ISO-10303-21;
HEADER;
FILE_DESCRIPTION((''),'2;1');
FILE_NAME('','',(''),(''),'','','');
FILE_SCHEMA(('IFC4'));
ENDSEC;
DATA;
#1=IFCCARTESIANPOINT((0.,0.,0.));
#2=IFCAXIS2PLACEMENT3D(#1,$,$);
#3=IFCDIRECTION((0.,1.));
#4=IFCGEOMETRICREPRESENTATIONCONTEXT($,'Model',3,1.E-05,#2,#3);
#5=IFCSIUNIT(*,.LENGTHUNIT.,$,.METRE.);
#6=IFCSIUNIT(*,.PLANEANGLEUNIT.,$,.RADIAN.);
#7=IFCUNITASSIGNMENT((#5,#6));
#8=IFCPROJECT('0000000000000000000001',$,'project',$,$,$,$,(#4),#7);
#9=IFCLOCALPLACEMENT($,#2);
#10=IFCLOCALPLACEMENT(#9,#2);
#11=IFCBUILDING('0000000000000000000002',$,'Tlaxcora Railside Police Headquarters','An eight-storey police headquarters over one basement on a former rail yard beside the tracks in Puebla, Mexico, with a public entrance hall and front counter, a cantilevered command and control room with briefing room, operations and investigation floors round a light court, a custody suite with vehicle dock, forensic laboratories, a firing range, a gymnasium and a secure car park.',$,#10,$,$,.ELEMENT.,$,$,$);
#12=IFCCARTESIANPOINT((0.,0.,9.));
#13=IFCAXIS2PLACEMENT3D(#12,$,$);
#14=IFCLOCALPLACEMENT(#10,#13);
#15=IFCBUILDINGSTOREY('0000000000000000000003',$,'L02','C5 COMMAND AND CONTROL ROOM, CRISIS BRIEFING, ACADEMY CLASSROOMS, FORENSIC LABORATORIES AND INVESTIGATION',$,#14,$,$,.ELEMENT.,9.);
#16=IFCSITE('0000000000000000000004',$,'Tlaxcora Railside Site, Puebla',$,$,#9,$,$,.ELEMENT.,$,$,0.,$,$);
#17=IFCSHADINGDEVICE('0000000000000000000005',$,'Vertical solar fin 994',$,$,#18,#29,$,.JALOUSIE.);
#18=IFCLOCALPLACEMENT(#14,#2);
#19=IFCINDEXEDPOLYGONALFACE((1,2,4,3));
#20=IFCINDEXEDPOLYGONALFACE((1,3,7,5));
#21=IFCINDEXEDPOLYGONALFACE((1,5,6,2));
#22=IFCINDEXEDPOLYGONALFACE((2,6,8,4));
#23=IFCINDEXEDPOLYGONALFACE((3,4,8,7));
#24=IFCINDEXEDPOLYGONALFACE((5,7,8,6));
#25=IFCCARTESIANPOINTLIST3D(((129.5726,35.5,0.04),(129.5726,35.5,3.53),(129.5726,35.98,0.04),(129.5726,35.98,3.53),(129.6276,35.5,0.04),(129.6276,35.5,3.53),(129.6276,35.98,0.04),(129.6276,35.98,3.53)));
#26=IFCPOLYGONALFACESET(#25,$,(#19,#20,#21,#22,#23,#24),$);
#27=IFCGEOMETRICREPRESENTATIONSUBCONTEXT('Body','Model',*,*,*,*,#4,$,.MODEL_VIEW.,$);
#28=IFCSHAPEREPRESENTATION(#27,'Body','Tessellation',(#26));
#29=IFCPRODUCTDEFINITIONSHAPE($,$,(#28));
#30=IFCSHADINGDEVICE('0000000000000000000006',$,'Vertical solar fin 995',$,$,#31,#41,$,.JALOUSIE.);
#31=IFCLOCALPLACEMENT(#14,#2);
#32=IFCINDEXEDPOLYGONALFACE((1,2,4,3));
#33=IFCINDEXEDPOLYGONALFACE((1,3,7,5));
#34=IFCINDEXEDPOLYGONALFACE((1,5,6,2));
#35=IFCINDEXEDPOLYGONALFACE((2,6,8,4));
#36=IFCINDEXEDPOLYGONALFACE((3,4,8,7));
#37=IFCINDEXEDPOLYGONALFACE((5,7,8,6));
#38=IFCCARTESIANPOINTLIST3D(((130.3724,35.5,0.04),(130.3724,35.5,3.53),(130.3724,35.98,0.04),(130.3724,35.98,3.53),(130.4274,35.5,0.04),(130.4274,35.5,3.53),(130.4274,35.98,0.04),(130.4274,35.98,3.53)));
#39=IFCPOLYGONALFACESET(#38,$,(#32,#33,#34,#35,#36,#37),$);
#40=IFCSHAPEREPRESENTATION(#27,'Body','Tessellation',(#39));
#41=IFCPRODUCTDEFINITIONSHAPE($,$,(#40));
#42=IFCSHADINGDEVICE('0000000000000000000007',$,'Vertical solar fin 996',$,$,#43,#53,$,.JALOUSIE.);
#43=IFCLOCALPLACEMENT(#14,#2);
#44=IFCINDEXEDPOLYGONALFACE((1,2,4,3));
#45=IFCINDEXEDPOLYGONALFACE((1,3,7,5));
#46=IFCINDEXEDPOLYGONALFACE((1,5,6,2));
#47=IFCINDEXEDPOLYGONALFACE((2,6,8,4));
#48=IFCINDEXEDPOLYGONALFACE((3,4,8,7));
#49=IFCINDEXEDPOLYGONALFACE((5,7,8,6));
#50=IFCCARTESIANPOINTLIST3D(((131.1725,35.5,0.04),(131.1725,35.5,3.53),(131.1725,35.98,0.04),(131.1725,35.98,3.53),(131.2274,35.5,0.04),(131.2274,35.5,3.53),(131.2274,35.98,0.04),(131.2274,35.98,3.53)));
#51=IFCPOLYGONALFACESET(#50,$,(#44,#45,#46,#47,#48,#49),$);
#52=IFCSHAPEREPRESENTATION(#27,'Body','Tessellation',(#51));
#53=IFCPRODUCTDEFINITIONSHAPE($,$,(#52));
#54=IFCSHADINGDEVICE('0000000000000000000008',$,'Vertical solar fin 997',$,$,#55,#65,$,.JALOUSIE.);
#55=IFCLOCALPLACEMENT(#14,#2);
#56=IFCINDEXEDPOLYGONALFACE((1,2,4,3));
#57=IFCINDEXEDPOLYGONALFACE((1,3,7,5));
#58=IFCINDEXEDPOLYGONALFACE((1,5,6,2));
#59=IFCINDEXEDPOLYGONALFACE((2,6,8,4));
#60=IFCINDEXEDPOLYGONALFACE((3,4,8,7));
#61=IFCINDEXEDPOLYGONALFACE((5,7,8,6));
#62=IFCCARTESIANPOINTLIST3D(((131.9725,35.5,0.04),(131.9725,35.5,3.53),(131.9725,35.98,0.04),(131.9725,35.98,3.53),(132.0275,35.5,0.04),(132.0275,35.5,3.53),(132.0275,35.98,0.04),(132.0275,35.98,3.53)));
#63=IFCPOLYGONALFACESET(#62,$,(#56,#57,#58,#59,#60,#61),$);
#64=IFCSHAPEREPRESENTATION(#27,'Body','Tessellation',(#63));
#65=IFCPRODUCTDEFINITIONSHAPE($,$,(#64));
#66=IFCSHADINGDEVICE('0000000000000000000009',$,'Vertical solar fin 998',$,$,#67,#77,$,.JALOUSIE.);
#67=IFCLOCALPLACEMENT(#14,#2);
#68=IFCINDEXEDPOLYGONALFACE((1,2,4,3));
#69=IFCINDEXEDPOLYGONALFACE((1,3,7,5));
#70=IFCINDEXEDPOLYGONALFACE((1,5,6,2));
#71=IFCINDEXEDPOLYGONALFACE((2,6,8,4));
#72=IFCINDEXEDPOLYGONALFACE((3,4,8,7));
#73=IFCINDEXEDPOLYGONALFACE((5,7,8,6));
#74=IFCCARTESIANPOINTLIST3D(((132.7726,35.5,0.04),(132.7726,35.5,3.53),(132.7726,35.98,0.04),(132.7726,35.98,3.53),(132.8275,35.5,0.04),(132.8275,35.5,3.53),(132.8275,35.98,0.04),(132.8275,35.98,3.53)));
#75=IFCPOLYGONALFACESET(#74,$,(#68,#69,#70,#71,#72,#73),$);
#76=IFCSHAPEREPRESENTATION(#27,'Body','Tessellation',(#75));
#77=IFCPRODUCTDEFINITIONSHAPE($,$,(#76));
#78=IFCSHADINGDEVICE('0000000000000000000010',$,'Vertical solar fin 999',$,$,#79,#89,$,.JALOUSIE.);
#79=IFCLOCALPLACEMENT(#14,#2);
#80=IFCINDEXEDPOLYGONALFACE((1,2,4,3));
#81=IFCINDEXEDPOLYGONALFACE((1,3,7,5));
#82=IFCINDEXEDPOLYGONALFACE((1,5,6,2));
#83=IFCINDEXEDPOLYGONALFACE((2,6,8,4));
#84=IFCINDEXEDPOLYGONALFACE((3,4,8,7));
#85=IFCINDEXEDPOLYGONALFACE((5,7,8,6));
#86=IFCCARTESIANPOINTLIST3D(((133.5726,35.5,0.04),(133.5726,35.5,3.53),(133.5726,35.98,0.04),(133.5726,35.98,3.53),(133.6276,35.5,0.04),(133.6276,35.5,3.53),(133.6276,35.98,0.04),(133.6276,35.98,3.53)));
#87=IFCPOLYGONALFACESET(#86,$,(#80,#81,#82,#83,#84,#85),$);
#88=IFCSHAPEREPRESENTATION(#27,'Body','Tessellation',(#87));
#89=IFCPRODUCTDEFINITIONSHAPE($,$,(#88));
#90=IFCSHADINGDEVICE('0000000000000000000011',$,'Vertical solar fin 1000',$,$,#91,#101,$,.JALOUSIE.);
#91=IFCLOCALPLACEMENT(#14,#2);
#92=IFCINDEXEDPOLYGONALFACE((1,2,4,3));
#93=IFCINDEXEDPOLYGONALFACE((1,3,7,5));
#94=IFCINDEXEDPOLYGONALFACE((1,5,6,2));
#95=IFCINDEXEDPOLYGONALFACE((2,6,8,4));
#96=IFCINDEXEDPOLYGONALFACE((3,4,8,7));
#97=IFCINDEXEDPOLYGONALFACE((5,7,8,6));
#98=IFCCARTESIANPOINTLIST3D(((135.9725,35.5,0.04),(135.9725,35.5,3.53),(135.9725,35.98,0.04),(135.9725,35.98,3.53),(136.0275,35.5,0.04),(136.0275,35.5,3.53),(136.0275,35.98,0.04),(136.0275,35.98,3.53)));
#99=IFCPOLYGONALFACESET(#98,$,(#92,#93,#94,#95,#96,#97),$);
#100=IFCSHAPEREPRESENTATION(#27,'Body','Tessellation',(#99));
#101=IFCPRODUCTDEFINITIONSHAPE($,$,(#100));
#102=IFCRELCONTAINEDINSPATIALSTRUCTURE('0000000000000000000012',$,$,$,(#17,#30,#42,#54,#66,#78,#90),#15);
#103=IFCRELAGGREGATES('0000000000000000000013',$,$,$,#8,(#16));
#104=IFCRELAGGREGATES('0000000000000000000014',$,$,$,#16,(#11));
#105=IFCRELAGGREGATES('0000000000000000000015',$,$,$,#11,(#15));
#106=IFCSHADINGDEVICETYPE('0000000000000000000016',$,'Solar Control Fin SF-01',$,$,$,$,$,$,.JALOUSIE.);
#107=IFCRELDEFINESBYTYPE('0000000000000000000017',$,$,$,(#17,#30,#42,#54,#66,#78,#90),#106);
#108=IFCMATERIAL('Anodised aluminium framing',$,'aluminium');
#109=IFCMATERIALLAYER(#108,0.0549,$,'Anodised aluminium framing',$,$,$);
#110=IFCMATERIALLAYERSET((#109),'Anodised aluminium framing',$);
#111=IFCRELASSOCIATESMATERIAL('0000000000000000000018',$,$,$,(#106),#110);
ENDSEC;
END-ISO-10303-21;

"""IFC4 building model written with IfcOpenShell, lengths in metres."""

from ifc_helpers import new_model, si_unit, direction, frame, origin, origin_2d, place, context, subcontext, project, spatial, rectangle, extrude, material, layer, layer_set, type_object, element, save


model = new_model("IFC4")

# Units and contexts
model_context = context("Model", 3, precision=1e-05, world=origin(), true_north=direction((0.0, 1.0)))
body_context = subcontext(model_context, "Body", "Model", "MODEL_VIEW")
ifc_project = project(units=[si_unit("LENGTHUNIT", "METRE"), si_unit("PLANEANGLEUNIT", "RADIAN")], contexts=[model_context])

# Site, building, storey
site_placement = place(None, origin())
site = spatial("IfcSite", under=ifc_project, at=site_placement, Name="Tlaxcora Railside Site, Puebla", CompositionType="ELEMENT", RefElevation=0.0)
building_placement = place(site_placement, origin())
building = spatial("IfcBuilding", under=site, at=building_placement, Name="Tlaxcora Railside Police Headquarters", Description="An eight-storey police headquarters over one basement on a former rail yard beside the tracks in Puebla, Mexico, with a public entrance hall and front counter, a cantilevered command and control room with briefing room, operations and investigation floors round a light court, a custody suite with vehicle dock, forensic laboratories, a firing range, a gymnasium and a secure car park.", CompositionType="ELEMENT")
storey_placement = place(building_placement, frame((0.0, 0.0, 9.0)))
storey = spatial("IfcBuildingStorey", under=building, at=storey_placement, Name="L02", Description="C5 COMMAND AND CONTROL ROOM, CRISIS BRIEFING, ACADEMY CLASSROOMS, FORENSIC LABORATORIES AND INVESTIGATION", CompositionType="ELEMENT", Elevation=9.0)

# Shared definitions
ifc_material_1 = material(Name="Anodised aluminium framing", Category="aluminium")

# Shading devices
ifc_layer_1 = layer(ifc_material_1, 0.0549, Name="Anodised aluminium framing")
ifc_layer_set_1 = layer_set([ifc_layer_1], Name="Anodised aluminium framing")
shading_device_type = type_object("IfcShadingDeviceType", Name="Solar Control Fin SF-01", PredefinedType="JALOUSIE", material=ifc_layer_set_1)
for number, where, z_axis, x_axis, name in (
    (1, (129.6001, 35.74, 0.04), (0.0, 0.0, 1.0), (0.0, -1.0, 0.0), "Vertical solar fin 994"),
    (2, (130.3999, 35.74, 0.04), (0.0, 0.0, 1.0), (0.0, -1.0, 0.0), "Vertical solar fin 995"),
    (3, (131.2, 35.74, 0.04), (0.0, 0.0, 1.0), (0.0, -1.0, 0.0), "Vertical solar fin 996"),
    (4, (132.0, 35.74, 0.04), (0.0, 0.0, 1.0), (0.0, -1.0, 0.0), "Vertical solar fin 997"),
    (5, (132.8, 35.74, 0.04), (0.0, 0.0, 1.0), (0.0, -1.0, 0.0), "Vertical solar fin 998"),
    (6, (133.6001, 35.74, 0.04), (0.0, 0.0, 1.0), (0.0, -1.0, 0.0), "Vertical solar fin 999"),
    (7, (136.0, 35.74, 0.04), (0.0, 0.0, 1.0), (0.0, -1.0, 0.0), "Vertical solar fin 1000"),
):
    element("IfcShadingDevice", number, at=place(storey_placement, frame(where, z_axis=z_axis, x_axis=x_axis)), inside=storey, type_object=shading_device_type, Name=name, PredefinedType="JALOUSIE", context=body_context, shape_type="SweptSolid", body=[
        extrude(rectangle(XDim=0.48, YDim=0.0549, at=origin_2d()), origin(), (0.0, 0.0, 1.0), 3.49),
    ])

save(model, "model.ifc")
